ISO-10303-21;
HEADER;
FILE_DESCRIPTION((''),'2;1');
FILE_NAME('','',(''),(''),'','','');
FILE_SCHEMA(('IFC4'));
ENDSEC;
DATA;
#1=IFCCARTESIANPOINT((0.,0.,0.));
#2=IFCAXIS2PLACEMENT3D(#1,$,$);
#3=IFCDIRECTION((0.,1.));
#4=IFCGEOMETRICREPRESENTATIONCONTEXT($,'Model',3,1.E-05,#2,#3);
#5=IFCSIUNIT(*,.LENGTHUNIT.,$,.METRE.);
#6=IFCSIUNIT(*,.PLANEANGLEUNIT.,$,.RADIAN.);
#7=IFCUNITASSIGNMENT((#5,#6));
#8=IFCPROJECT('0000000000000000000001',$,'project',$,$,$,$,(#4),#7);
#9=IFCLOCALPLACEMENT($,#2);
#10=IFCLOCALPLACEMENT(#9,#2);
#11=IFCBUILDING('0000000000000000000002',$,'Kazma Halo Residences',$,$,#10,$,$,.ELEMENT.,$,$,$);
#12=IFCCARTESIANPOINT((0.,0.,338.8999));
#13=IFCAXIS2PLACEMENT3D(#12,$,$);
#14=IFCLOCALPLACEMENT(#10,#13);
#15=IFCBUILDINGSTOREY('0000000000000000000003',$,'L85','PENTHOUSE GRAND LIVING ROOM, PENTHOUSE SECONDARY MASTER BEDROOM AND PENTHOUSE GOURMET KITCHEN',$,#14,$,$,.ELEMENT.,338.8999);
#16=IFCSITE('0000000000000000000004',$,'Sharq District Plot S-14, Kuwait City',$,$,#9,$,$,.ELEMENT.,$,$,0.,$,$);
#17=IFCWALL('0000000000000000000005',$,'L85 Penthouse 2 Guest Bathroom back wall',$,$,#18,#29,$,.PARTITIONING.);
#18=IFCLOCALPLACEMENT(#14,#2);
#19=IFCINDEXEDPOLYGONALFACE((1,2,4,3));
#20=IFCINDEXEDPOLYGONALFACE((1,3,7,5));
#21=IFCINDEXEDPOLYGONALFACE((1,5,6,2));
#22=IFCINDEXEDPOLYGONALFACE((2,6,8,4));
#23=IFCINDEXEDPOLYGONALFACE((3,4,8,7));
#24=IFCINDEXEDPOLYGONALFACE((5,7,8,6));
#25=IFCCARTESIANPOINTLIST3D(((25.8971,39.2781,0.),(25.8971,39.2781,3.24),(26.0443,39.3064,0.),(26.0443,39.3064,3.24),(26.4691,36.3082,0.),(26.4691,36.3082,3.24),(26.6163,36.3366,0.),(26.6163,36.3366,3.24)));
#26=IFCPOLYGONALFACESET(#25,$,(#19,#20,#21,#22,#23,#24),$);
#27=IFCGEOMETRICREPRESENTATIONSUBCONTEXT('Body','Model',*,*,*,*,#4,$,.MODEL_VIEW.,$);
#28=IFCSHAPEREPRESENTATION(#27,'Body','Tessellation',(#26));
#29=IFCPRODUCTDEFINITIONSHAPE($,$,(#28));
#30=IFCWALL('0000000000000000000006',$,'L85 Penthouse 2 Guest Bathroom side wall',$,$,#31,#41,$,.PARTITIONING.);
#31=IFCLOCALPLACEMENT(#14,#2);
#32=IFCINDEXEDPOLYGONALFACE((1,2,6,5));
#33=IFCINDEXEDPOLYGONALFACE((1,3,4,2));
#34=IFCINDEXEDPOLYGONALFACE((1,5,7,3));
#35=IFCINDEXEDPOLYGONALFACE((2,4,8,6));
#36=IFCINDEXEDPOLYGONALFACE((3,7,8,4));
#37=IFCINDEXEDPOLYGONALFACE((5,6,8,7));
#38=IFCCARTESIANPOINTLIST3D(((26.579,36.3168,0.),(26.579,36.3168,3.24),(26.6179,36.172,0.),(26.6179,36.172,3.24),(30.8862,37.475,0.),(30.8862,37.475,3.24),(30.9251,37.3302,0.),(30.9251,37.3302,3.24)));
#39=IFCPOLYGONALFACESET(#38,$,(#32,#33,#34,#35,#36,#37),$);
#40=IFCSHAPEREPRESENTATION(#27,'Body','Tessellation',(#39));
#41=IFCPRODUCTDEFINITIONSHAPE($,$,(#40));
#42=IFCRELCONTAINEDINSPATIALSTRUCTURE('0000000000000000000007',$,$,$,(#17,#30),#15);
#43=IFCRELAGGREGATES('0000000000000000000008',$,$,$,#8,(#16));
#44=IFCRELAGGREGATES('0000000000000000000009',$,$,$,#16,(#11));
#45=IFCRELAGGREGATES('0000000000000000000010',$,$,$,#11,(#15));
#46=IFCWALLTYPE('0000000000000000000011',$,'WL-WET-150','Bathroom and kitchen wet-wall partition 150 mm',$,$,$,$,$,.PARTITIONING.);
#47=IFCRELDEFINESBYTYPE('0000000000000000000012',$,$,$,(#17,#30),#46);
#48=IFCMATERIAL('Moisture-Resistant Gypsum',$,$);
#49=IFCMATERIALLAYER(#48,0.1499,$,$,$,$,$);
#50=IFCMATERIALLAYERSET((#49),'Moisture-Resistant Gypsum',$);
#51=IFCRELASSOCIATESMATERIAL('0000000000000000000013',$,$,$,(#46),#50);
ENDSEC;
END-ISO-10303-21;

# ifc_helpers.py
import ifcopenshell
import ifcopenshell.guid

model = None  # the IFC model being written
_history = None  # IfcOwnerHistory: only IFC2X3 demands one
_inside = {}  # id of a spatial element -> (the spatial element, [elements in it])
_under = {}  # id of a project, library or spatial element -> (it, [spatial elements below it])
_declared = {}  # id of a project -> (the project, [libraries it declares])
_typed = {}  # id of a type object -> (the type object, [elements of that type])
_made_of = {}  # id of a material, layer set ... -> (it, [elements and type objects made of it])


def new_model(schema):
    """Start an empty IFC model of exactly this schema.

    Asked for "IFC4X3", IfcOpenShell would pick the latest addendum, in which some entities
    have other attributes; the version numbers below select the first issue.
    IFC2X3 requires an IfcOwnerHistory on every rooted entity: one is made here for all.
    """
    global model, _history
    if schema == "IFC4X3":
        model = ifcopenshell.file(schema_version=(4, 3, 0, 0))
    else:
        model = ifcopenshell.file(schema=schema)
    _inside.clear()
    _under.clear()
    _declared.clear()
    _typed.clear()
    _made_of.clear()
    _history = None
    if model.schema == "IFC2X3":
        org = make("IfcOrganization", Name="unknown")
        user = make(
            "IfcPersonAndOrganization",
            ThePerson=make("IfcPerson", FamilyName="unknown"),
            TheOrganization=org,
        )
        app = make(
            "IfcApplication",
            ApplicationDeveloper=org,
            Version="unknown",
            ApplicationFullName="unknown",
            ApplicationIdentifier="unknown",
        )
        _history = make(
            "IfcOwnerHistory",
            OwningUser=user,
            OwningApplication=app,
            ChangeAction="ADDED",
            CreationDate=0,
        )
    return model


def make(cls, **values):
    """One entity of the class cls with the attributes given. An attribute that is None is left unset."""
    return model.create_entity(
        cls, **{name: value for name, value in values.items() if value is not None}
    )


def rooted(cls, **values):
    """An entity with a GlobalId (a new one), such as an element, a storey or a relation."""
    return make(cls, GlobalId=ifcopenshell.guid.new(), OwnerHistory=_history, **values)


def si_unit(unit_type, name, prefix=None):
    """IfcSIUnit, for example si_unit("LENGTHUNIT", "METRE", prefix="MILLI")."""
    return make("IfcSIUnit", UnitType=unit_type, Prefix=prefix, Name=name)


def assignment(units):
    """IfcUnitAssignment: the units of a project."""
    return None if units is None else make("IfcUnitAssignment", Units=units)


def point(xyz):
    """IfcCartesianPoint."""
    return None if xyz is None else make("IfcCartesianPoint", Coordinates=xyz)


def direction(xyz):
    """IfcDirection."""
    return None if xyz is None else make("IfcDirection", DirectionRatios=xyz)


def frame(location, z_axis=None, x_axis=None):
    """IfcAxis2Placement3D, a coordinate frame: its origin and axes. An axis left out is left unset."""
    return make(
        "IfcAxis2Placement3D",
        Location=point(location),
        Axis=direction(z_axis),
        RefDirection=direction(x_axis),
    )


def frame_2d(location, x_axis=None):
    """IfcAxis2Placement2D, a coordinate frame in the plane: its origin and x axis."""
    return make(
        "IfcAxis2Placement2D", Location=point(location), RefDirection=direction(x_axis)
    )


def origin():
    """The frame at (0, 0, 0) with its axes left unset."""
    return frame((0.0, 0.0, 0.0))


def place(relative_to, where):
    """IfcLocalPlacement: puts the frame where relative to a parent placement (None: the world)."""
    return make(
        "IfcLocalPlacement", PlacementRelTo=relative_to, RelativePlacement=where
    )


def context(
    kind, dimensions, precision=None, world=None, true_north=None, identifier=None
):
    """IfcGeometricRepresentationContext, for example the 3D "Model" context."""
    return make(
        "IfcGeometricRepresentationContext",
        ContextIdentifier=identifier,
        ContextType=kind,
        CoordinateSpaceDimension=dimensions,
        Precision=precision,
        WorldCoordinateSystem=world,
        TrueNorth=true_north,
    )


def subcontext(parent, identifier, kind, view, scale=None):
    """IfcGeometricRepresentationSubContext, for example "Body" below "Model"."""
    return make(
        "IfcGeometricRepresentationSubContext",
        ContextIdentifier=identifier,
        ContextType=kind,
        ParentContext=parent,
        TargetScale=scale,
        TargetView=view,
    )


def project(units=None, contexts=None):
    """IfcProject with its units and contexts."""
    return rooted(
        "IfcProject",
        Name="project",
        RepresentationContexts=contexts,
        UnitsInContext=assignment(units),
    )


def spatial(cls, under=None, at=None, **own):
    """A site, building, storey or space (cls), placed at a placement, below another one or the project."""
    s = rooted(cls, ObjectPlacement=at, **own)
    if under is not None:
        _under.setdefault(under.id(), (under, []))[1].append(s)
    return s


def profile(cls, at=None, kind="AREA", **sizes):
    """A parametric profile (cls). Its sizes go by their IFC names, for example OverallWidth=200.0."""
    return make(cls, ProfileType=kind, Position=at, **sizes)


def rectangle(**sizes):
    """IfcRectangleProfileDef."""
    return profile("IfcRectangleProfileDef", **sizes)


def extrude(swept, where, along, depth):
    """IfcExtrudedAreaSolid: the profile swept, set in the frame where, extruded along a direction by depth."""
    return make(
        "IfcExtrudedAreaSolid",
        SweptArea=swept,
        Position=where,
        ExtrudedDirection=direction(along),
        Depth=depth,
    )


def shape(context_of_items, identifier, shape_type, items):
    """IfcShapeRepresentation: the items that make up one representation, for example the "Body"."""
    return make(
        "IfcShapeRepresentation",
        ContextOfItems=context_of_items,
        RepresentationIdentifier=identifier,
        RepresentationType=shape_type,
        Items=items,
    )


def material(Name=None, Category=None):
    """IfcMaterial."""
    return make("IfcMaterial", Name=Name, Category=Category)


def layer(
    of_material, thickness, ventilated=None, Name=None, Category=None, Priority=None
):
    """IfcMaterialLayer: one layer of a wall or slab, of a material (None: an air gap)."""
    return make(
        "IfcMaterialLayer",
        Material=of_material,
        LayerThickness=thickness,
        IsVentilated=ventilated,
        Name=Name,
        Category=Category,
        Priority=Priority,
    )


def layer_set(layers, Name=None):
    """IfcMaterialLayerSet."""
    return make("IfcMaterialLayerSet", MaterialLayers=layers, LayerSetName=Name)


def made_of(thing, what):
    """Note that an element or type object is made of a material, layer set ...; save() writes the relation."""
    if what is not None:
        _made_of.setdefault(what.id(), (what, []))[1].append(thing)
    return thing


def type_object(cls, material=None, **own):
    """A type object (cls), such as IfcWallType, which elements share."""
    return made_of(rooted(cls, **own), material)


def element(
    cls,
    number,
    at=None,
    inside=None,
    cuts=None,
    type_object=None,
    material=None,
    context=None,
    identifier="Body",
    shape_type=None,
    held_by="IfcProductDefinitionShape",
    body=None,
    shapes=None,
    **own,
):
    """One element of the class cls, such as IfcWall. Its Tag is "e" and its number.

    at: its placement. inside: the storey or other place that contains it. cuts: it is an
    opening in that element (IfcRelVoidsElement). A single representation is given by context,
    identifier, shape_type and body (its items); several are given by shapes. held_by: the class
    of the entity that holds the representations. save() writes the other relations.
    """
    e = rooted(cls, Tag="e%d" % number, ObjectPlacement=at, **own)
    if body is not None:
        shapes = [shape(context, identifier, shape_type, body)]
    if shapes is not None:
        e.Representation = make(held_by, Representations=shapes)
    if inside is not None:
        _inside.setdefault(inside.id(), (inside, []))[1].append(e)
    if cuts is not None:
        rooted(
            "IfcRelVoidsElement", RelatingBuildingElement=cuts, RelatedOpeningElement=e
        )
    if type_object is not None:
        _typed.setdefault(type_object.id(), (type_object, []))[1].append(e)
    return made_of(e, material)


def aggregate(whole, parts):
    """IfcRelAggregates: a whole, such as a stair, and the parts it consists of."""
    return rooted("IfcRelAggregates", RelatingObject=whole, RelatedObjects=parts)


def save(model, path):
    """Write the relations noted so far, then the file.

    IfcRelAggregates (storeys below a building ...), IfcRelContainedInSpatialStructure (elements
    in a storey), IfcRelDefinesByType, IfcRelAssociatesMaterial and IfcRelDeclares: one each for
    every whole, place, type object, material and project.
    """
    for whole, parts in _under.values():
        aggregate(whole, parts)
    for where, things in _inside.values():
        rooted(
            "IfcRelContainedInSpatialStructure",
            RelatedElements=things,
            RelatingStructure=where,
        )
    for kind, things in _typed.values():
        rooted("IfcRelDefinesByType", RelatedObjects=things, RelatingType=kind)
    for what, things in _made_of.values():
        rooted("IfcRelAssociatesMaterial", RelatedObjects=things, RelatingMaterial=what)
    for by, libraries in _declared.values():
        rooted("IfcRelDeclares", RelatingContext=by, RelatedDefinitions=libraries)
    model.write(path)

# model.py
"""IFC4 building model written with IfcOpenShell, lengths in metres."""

from ifc_helpers import new_model, si_unit, direction, frame, frame_2d, origin, place, context, subcontext, project, spatial, rectangle, extrude, material, layer, layer_set, type_object, element, save


model = new_model("IFC4")

# Units and contexts
model_context = context("Model", 3, precision=1e-05, world=origin(), true_north=direction((0.0, 1.0)))
body_context = subcontext(model_context, "Body", "Model", "MODEL_VIEW")
ifc_project = project(units=[si_unit("LENGTHUNIT", "METRE"), si_unit("PLANEANGLEUNIT", "RADIAN")], contexts=[model_context])

# Site, building, storey
site_placement = place(None, origin())
site = spatial("IfcSite", under=ifc_project, at=site_placement, Name="Sharq District Plot S-14, Kuwait City", CompositionType="ELEMENT", RefElevation=0.0)
building_placement = place(site_placement, origin())
building = spatial("IfcBuilding", under=site, at=building_placement, Name="Kazma Halo Residences", CompositionType="ELEMENT")
storey_placement = place(building_placement, frame((0.0, 0.0, 338.8999)))
storey = spatial("IfcBuildingStorey", under=building, at=storey_placement, Name="L85", Description="PENTHOUSE GRAND LIVING ROOM, PENTHOUSE SECONDARY MASTER BEDROOM AND PENTHOUSE GOURMET KITCHEN", CompositionType="ELEMENT", Elevation=338.8999)

# Shared definitions
ifc_material_1 = material(Name="Moisture-Resistant Gypsum")
ifc_layer_1 = layer(ifc_material_1, 0.1499)
ifc_layer_set_1 = layer_set([ifc_layer_1], Name="Moisture-Resistant Gypsum")
wall_type_1 = type_object("IfcWallType", Name="WL-WET-150", Description="Bathroom and kitchen wet-wall partition 150 mm", PredefinedType="PARTITIONING", material=ifc_layer_set_1)

# Walls
wall_1_placement = place(storey_placement, frame((25.9707, 39.2922, 0.0), z_axis=(0.0, 0.0, 1.0), x_axis=(0.189141, -0.98195, 0.0)))
element("IfcWall", 1, at=wall_1_placement, inside=storey, type_object=wall_type_1, Name="L85 Penthouse 2 Guest Bathroom back wall", PredefinedType="PARTITIONING", context=body_context, shape_type="SweptSolid", body=[
    extrude(rectangle(XDim=3.0244, YDim=0.1499, at=frame_2d((1.5122, 0.0))), origin(), (0.0, 0.0, 1.0), 3.24),
])
wall_2_placement = place(storey_placement, frame((30.9055, 37.4026, 0.0), z_axis=(0.0, 0.0, 1.0), x_axis=(-0.965695, -0.259679, 0.0)))
element("IfcWall", 2, at=wall_2_placement, inside=storey, type_object=wall_type_1, Name="L85 Penthouse 2 Guest Bathroom side wall", PredefinedType="PARTITIONING", context=body_context, shape_type="SweptSolid", body=[
    extrude(rectangle(XDim=4.4602, YDim=0.1499, at=frame_2d((2.23, 0.0))), origin(), (0.0, 0.0, 1.0), 3.24),
])

save(model, "model.ifc")
